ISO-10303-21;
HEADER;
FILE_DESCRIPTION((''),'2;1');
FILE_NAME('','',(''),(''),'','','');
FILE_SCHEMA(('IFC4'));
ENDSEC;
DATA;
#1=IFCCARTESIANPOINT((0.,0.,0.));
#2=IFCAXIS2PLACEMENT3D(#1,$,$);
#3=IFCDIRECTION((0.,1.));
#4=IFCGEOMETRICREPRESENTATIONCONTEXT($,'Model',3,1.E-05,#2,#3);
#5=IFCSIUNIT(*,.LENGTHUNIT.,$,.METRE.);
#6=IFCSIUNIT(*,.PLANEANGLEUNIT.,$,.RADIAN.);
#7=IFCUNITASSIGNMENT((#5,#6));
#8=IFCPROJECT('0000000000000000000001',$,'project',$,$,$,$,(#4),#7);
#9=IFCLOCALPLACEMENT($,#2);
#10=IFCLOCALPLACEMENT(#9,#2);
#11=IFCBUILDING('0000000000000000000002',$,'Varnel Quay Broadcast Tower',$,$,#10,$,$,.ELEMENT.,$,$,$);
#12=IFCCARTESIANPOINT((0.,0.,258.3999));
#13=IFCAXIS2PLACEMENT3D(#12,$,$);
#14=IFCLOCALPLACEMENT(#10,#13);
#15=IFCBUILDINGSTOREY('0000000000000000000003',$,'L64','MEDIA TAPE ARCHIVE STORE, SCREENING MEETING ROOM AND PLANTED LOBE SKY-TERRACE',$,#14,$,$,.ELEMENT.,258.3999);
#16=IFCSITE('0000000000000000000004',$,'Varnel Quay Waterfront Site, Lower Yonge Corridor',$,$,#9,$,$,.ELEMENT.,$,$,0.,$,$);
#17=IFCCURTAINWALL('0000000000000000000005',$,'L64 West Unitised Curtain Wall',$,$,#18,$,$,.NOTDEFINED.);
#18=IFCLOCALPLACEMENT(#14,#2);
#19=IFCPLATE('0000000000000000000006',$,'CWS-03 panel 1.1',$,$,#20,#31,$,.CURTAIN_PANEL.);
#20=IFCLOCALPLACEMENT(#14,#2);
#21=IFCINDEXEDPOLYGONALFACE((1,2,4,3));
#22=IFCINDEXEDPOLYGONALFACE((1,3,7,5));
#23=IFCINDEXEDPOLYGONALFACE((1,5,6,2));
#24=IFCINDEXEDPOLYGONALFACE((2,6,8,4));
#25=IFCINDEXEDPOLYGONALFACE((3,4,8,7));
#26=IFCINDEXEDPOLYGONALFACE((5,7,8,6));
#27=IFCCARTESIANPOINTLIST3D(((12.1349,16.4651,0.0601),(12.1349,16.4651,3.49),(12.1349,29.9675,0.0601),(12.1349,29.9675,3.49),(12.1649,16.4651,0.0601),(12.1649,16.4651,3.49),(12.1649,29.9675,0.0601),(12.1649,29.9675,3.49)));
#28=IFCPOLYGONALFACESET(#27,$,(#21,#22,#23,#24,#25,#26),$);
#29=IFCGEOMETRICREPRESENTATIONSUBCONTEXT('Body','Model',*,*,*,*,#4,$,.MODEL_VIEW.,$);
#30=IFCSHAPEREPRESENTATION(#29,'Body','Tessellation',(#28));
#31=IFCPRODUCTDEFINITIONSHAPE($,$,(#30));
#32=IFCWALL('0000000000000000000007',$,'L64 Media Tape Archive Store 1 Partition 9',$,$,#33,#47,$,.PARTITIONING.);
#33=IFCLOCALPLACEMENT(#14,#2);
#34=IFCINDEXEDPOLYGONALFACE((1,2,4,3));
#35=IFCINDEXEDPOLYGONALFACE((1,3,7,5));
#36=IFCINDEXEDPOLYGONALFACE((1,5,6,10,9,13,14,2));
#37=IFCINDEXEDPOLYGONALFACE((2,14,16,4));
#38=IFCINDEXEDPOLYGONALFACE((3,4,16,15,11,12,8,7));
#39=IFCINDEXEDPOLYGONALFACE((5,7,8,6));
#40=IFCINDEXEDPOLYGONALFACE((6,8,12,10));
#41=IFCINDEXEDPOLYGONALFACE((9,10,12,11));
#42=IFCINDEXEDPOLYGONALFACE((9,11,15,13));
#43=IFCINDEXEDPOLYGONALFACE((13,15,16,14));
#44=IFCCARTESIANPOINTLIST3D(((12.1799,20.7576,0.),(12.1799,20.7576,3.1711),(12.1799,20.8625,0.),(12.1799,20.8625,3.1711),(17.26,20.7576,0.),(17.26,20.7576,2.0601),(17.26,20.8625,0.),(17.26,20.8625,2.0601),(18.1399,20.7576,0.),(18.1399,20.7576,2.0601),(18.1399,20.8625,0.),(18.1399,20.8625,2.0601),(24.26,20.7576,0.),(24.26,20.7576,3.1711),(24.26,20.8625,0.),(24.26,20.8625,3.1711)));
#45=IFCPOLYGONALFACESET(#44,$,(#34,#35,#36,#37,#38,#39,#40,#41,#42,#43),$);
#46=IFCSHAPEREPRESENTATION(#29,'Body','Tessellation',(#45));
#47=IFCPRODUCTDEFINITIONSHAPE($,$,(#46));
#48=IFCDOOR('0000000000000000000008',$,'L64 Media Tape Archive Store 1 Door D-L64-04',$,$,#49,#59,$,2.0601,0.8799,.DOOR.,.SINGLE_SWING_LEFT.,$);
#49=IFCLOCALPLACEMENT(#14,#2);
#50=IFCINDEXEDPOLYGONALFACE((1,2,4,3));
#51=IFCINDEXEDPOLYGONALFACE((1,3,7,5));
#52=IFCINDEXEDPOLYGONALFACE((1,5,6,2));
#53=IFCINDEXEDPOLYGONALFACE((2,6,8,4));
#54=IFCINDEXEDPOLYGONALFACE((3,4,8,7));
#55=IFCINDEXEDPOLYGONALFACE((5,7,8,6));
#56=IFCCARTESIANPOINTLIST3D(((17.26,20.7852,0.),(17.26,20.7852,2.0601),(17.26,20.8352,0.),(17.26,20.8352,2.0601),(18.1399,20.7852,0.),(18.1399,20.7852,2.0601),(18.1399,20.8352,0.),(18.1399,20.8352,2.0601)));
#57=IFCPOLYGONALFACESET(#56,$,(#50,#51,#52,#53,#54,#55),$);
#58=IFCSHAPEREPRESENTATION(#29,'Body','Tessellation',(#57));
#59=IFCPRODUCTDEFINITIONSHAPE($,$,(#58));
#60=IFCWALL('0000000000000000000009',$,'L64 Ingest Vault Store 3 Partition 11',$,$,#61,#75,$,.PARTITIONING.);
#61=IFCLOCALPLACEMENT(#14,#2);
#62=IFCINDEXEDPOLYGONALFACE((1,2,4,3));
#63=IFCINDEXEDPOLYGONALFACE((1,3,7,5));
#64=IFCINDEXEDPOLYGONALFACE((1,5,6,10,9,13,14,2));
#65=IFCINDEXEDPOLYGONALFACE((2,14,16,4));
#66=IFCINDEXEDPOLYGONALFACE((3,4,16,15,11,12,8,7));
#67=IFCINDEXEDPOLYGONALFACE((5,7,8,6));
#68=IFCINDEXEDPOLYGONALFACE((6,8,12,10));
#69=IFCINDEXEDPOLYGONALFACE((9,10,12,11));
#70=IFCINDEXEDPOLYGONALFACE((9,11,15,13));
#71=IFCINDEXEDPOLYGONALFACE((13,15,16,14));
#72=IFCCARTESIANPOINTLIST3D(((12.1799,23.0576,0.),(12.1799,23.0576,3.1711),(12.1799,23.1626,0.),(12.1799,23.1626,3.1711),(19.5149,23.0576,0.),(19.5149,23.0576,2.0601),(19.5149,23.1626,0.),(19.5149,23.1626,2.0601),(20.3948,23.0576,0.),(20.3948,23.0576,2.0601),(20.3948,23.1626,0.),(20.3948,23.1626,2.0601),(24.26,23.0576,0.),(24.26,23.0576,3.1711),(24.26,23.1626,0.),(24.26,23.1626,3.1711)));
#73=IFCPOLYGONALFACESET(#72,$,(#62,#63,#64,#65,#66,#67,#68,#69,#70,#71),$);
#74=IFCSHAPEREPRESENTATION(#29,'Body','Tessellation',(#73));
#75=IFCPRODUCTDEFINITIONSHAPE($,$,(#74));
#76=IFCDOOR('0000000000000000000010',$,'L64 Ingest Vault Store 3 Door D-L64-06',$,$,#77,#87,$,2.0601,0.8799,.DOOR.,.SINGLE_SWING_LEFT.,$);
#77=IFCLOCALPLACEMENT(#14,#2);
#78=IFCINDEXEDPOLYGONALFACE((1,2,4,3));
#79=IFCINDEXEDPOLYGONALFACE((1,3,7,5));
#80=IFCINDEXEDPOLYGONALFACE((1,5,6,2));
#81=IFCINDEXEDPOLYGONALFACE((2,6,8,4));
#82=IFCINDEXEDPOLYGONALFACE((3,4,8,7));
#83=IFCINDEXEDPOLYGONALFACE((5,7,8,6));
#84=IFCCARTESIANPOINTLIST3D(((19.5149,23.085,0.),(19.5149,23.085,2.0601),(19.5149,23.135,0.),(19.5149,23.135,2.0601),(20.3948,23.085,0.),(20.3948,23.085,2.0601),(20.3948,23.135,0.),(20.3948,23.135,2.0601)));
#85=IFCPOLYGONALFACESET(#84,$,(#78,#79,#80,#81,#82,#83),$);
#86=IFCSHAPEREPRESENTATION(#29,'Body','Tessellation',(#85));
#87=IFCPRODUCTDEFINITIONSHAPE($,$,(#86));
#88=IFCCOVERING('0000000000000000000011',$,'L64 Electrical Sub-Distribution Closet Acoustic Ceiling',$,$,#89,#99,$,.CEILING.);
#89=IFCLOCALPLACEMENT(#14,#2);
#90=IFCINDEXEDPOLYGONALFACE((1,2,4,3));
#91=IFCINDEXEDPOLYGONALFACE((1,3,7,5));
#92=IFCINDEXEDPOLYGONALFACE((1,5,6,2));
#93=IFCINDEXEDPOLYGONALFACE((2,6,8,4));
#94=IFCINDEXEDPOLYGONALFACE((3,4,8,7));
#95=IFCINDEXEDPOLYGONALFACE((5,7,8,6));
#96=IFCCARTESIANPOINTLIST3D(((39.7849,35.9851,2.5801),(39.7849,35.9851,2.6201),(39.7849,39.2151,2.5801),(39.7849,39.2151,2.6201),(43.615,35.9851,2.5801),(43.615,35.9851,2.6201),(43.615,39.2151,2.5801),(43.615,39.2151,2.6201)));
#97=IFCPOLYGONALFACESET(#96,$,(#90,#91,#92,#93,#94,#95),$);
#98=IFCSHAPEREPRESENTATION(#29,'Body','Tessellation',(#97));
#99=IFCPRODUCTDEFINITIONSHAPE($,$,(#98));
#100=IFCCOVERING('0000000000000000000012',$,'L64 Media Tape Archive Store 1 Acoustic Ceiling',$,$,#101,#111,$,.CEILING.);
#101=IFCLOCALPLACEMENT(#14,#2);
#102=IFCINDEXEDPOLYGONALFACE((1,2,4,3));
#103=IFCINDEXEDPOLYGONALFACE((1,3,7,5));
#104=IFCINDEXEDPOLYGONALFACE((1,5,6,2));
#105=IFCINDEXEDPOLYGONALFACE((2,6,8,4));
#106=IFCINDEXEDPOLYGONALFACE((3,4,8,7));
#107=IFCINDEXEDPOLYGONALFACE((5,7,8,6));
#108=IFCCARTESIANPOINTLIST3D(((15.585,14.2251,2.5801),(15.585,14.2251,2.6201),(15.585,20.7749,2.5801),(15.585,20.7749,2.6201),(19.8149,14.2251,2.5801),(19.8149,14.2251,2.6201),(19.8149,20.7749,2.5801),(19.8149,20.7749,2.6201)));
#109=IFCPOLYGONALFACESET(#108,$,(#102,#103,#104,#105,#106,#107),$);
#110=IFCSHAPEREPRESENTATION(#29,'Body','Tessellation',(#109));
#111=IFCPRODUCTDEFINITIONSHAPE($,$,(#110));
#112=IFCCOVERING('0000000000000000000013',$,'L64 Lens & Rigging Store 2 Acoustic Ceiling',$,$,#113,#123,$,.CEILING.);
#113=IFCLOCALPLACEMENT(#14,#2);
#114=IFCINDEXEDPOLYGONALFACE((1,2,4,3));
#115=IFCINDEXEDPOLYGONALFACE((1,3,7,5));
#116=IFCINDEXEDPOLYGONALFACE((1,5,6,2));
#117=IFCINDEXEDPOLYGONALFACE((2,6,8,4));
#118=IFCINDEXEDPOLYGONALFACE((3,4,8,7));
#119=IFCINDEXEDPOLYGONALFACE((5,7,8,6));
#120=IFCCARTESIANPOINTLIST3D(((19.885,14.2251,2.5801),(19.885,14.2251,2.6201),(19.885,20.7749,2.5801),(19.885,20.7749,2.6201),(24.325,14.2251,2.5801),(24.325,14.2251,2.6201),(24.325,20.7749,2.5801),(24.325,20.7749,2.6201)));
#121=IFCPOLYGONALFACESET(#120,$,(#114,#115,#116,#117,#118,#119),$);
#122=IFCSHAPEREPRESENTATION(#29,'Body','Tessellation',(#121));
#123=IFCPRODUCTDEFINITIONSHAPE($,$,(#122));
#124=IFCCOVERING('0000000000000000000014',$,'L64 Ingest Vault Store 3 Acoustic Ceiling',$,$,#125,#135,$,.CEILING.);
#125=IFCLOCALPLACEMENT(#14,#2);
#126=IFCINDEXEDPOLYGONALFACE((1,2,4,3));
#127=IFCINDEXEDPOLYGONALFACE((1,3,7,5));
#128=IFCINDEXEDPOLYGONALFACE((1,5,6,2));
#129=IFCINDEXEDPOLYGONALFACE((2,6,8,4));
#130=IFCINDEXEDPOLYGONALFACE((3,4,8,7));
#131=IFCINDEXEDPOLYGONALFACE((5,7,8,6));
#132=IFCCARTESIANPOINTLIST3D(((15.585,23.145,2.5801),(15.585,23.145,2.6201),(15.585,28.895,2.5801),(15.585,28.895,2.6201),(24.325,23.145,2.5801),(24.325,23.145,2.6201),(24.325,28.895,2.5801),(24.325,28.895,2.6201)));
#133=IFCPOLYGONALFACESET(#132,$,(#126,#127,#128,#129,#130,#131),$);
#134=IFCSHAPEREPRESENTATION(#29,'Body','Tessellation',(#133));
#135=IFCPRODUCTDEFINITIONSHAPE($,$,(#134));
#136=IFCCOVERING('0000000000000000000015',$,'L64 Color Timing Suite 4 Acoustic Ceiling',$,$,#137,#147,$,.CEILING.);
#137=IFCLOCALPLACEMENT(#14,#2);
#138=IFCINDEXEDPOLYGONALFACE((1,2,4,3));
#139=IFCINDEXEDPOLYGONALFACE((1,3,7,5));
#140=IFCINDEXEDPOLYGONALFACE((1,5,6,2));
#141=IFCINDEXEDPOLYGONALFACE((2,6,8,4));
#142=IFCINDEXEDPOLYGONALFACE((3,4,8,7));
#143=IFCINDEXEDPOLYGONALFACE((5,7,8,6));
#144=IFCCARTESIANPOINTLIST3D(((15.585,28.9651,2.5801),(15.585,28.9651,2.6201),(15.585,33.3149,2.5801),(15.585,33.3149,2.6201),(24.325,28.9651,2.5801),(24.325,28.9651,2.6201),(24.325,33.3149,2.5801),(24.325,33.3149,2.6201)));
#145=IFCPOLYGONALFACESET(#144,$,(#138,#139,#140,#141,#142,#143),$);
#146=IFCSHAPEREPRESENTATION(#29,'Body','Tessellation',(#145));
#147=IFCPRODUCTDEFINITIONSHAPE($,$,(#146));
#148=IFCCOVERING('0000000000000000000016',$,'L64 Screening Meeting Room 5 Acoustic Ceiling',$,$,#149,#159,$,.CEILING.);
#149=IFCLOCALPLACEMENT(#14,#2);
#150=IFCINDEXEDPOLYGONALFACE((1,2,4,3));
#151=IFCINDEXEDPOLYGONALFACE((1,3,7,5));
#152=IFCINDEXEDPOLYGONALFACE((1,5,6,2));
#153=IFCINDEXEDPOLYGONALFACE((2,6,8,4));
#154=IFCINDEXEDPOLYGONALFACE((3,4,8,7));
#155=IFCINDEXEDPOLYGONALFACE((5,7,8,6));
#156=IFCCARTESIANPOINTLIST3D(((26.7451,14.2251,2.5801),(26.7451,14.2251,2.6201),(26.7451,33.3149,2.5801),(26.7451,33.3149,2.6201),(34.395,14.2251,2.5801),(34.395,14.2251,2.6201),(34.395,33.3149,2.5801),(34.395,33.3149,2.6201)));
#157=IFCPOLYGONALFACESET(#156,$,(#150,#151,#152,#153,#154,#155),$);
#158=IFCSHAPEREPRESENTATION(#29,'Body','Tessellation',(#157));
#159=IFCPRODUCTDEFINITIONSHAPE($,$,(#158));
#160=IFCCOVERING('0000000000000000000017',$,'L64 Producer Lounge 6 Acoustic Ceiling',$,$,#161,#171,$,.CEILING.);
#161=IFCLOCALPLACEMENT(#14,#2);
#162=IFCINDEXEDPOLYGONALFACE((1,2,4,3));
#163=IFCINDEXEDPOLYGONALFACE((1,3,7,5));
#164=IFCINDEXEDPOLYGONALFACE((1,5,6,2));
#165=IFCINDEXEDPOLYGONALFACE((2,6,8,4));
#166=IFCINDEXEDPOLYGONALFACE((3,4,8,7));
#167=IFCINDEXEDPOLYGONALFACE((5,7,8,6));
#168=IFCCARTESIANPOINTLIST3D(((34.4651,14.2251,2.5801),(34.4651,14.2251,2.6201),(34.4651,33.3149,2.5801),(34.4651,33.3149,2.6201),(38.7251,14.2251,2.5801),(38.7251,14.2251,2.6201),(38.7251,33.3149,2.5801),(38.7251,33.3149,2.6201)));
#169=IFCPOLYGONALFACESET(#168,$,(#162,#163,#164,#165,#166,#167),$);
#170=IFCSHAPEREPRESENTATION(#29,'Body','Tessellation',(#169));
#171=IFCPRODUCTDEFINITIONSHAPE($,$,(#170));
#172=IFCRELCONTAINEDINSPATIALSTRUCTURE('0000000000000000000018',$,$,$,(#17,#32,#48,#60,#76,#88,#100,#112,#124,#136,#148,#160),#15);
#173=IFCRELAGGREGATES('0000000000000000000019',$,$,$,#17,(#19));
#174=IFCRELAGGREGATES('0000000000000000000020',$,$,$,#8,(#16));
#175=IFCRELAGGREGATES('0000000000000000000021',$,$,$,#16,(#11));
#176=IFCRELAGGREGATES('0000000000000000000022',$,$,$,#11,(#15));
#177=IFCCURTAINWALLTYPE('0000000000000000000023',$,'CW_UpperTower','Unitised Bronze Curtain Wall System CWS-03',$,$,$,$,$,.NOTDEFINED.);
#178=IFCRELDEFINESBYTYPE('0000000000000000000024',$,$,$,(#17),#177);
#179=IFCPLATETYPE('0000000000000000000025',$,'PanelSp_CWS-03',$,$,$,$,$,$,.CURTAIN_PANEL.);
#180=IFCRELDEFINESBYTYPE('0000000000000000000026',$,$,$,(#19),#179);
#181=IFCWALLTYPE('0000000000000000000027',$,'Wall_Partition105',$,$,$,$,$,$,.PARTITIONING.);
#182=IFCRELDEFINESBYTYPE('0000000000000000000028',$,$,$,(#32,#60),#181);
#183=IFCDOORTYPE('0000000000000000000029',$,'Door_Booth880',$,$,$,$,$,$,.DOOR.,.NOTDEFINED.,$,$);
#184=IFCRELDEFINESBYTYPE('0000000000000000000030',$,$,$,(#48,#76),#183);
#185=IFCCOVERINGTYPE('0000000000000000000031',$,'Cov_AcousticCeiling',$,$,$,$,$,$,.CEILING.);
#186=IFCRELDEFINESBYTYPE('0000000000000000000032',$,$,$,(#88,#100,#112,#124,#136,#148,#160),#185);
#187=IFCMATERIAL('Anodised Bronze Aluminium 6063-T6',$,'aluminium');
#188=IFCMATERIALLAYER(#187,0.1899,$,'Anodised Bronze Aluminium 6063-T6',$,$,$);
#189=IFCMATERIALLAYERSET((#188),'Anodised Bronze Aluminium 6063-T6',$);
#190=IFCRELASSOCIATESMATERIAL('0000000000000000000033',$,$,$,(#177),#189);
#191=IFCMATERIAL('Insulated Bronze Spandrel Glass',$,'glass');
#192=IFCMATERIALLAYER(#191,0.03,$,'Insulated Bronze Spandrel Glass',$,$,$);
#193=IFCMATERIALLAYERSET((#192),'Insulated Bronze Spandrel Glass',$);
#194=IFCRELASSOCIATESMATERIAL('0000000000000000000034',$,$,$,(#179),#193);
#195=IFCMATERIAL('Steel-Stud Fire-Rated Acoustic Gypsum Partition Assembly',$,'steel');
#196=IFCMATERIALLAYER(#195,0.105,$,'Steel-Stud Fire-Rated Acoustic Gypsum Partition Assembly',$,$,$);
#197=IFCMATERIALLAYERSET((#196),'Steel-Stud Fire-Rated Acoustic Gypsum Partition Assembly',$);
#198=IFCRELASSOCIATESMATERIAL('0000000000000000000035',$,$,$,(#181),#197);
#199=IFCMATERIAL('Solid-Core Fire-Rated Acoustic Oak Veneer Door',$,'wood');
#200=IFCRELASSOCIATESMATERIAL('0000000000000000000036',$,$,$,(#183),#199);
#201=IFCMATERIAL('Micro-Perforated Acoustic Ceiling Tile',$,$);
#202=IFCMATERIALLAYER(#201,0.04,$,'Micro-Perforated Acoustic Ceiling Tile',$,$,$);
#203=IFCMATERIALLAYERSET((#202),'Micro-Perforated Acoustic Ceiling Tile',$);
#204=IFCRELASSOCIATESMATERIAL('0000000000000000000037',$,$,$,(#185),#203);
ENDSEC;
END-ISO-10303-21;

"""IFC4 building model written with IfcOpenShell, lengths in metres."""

from ifc_helpers import new_model, si_unit, direction, frame, frame_2d, origin, origin_2d, place, context, subcontext, project, spatial, polyline, rectangle, outline, extrude, source, transform, mapped, material, layer, layer_set, type_object, type_shapes, element, fill, aggregate, save


model = new_model("IFC4")

# Units and contexts
model_context = context("Model", 3, precision=1e-05, world=origin(), true_north=direction((0.0, 1.0)))
body_context = subcontext(model_context, "Body", "Model", "MODEL_VIEW")
ifc_project = project(units=[si_unit("LENGTHUNIT", "METRE"), si_unit("PLANEANGLEUNIT", "RADIAN")], contexts=[model_context])

# Site, building, storey
site_placement = place(None, origin())
site = spatial("IfcSite", under=ifc_project, at=site_placement, Name="Varnel Quay Waterfront Site, Lower Yonge Corridor", CompositionType="ELEMENT", RefElevation=0.0)
building_placement = place(site_placement, origin())
building = spatial("IfcBuilding", under=site, at=building_placement, Name="Varnel Quay Broadcast Tower", CompositionType="ELEMENT")
storey_placement = place(building_placement, frame((0.0, 0.0, 258.3999)))
storey = spatial("IfcBuildingStorey", under=building, at=storey_placement, Name="L64", Description="MEDIA TAPE ARCHIVE STORE, SCREENING MEETING ROOM AND PLANTED LOBE SKY-TERRACE", CompositionType="ELEMENT", Elevation=258.3999)

# Shared definitions
ifc_material_1 = material(Name="Anodised Bronze Aluminium 6063-T6", Category="aluminium")

# Curtain wall
ifc_layer_1 = layer(ifc_material_1, 0.1899, Name="Anodised Bronze Aluminium 6063-T6")
ifc_layer_set_1 = layer_set([ifc_layer_1], Name="Anodised Bronze Aluminium 6063-T6")
curtain_wall_type_1 = type_object("IfcCurtainWallType", Name="CW_UpperTower", Description="Unitised Bronze Curtain Wall System CWS-03", PredefinedType="NOTDEFINED", material=ifc_layer_set_1)
curtain_wall_1_placement = place(storey_placement, origin())
curtain_wall_1 = element("IfcCurtainWall", 1, at=curtain_wall_1_placement, inside=storey, type_object=curtain_wall_type_1, Name="L64 West Unitised Curtain Wall", PredefinedType="NOTDEFINED")

# Plate
ifc_material_2 = material(Name="Insulated Bronze Spandrel Glass", Category="glass")
ifc_layer_2 = layer(ifc_material_2, 0.03, Name="Insulated Bronze Spandrel Glass")
ifc_layer_set_2 = layer_set([ifc_layer_2], Name="Insulated Bronze Spandrel Glass")
plate_type = type_object("IfcPlateType", Name="PanelSp_CWS-03", PredefinedType="CURTAIN_PANEL", material=ifc_layer_set_2)
shared_shape_1 = source(origin(), body_context, "Body", "SweptSolid", [
    extrude(rectangle(XDim=13.5024, YDim=0.03, at=origin_2d()), origin(), (0.0, 0.0, 1.0), 3.4299),
])
type_shapes(plate_type, [shared_shape_1])
plate_placement = place(storey_placement, frame((12.1499, 23.2163, 0.0601), z_axis=(0.0, 0.0, 1.0), x_axis=(0.0, 1.0, 0.0)))
plate = element("IfcPlate", 2, at=plate_placement, type_object=plate_type, Name="CWS-03 panel 1.1", PredefinedType="CURTAIN_PANEL", context=body_context, shape_type="MappedRepresentation", body=[
    mapped(shared_shape_1, transform((0.0, 0.0, 0.0), x_axis=(1.0, 0.0, 0.0), y_axis=(0.0, 1.0, 0.0), z_axis=(0.0, 0.0, 1.0), scale=1.0)),
])
aggregate(curtain_wall_1, [plate])

# Walls, openings, doors
ifc_material_3 = material(Name="Steel-Stud Fire-Rated Acoustic Gypsum Partition Assembly", Category="steel")
ifc_layer_3 = layer(ifc_material_3, 0.105, Name="Steel-Stud Fire-Rated Acoustic Gypsum Partition Assembly")
ifc_layer_set_3 = layer_set([ifc_layer_3], Name="Steel-Stud Fire-Rated Acoustic Gypsum Partition Assembly")
wall_type = type_object("IfcWallType", Name="Wall_Partition105", PredefinedType="PARTITIONING", material=ifc_layer_set_3)
wall_1_placement = place(storey_placement, frame((12.1799, 20.8101, 0.0), z_axis=(0.0, 0.0, 1.0), x_axis=(1.0, 0.0, 0.0)))
wall_1 = element("IfcWall", 3, at=wall_1_placement, inside=storey, type_object=wall_type, Name="L64 Media Tape Archive Store 1 Partition 9", PredefinedType="PARTITIONING", context=body_context, shape_type="SweptSolid", body=[
    extrude(rectangle(XDim=12.0801, YDim=0.105, at=frame_2d((6.04, 0.0))), origin(), (0.0, 0.0, 1.0), 3.1711),
])
opening_1_placement = place(wall_1_placement, frame((5.0801, 0.0, 0.0)))
opening_1 = element("IfcOpeningElement", 4, at=opening_1_placement, cuts=wall_1, PredefinedType="OPENING", context=body_context, shape_type="SweptSolid", body=[
    extrude(rectangle(XDim=0.8799, YDim=2.0601, at=frame_2d((0.4399, 1.03))), frame((0.0, 0.0625, 0.0), z_axis=(0.0, -1.0, 0.0), x_axis=(1.0, 0.0, 0.0)), (0.0, 0.0, 1.0), 0.125),
])
ifc_material_4 = material(Name="Solid-Core Fire-Rated Acoustic Oak Veneer Door", Category="wood")
door_type = type_object("IfcDoorType", Name="Door_Booth880", OperationType="NOTDEFINED", PredefinedType="DOOR", material=ifc_material_4)
shared_shape_2 = source(origin(), body_context, "Body", "SweptSolid", [
    extrude(rectangle(XDim=0.8799, YDim=2.0601, at=frame_2d((0.4399, 1.03))), frame((0.0, 0.0249, 0.0), z_axis=(0.0, -1.0, 0.0), x_axis=(1.0, 0.0, 0.0)), (0.0, 0.0, 1.0), 0.05),
])
type_shapes(door_type, [shared_shape_2])
door_1_placement = place(opening_1_placement, frame((0.8799, 0.0, 0.0), z_axis=(0.0, 0.0, 1.0), x_axis=(-1.0, 0.0, 0.0)))
door_1 = element("IfcDoor", 5, at=door_1_placement, inside=storey, type_object=door_type, Name="L64 Media Tape Archive Store 1 Door D-L64-04", OperationType="SINGLE_SWING_LEFT", OverallHeight=2.0601, OverallWidth=0.8799, PredefinedType="DOOR", context=body_context, shape_type="MappedRepresentation", body=[
    mapped(shared_shape_2, transform((0.0, 0.0, 0.0), x_axis=(1.0, 0.0, 0.0), y_axis=(0.0, 1.0, 0.0), z_axis=(0.0, 0.0, 1.0), scale=1.0)),
])
fill(opening_1, door_1)
wall_2_placement = place(storey_placement, frame((12.1799, 23.1101, 0.0), z_axis=(0.0, 0.0, 1.0), x_axis=(1.0, 0.0, 0.0)))
wall_2 = element("IfcWall", 6, at=wall_2_placement, inside=storey, type_object=wall_type, Name="L64 Ingest Vault Store 3 Partition 11", PredefinedType="PARTITIONING", context=body_context, shape_type="SweptSolid", body=[
    extrude(rectangle(XDim=12.0801, YDim=0.105, at=frame_2d((6.04, 0.0))), origin(), (0.0, 0.0, 1.0), 3.1711),
])
opening_2_placement = place(wall_2_placement, frame((7.335, 0.0, 0.0)))
opening_2 = element("IfcOpeningElement", 7, at=opening_2_placement, cuts=wall_2, PredefinedType="OPENING", context=body_context, shape_type="SweptSolid", body=[
    extrude(rectangle(XDim=0.8799, YDim=2.0601, at=frame_2d((0.4399, 1.03))), frame((0.0, 0.0625, 0.0), z_axis=(0.0, -1.0, 0.0), x_axis=(1.0, 0.0, 0.0)), (0.0, 0.0, 1.0), 0.125),
])
door_2_placement = place(opening_2_placement, origin())
door_2 = element("IfcDoor", 8, at=door_2_placement, inside=storey, type_object=door_type, Name="L64 Ingest Vault Store 3 Door D-L64-06", OperationType="SINGLE_SWING_LEFT", OverallHeight=2.0601, OverallWidth=0.8799, PredefinedType="DOOR", context=body_context, shape_type="MappedRepresentation", body=[
    mapped(shared_shape_2, transform((0.0, 0.0, 0.0), x_axis=(1.0, 0.0, 0.0), y_axis=(0.0, 1.0, 0.0), z_axis=(0.0, 0.0, 1.0), scale=1.0)),
])
fill(opening_2, door_2)

# Coverings
ifc_material_5 = material(Name="Micro-Perforated Acoustic Ceiling Tile")
ifc_layer_4 = layer(ifc_material_5, 0.04, Name="Micro-Perforated Acoustic Ceiling Tile")
ifc_layer_set_4 = layer_set([ifc_layer_4], Name="Micro-Perforated Acoustic Ceiling Tile")
covering_type_1 = type_object("IfcCoveringType", Name="Cov_AcousticCeiling", PredefinedType="CEILING", material=ifc_layer_set_4)
covering_1_placement = place(storey_placement, frame((0.0, 0.0, 2.5801)))
element("IfcCovering", 9, at=covering_1_placement, inside=storey, type_object=covering_type_1, Name="L64 Electrical Sub-Distribution Closet Acoustic Ceiling", PredefinedType="CEILING", context=body_context, shape_type="SweptSolid", body=[
    extrude(outline(polyline([(39.7849, 35.9851), (43.615, 35.9851), (43.615, 39.2151), (39.7849, 39.2151), (39.7849, 35.9851)])), origin(), (0.0, 0.0, 1.0), 0.04),
])
covering_2_placement = place(storey_placement, frame((0.0, 0.0, 2.5801)))
element("IfcCovering", 10, at=covering_2_placement, inside=storey, type_object=covering_type_1, Name="L64 Media Tape Archive Store 1 Acoustic Ceiling", PredefinedType="CEILING", context=body_context, shape_type="SweptSolid", body=[
    extrude(outline(polyline([(15.585, 14.2251), (19.8149, 14.2251), (19.8149, 20.7749), (15.585, 20.7749), (15.585, 14.2251)])), origin(), (0.0, 0.0, 1.0), 0.04),
])
covering_3_placement = place(storey_placement, frame((0.0, 0.0, 2.5801)))
element("IfcCovering", 11, at=covering_3_placement, inside=storey, type_object=covering_type_1, Name="L64 Lens & Rigging Store 2 Acoustic Ceiling", PredefinedType="CEILING", context=body_context, shape_type="SweptSolid", body=[
    extrude(outline(polyline([(19.885, 14.2251), (24.325, 14.2251), (24.325, 20.7749), (19.885, 20.7749), (19.885, 14.2251)])), origin(), (0.0, 0.0, 1.0), 0.04),
])
covering_4_placement = place(storey_placement, frame((0.0, 0.0, 2.5801)))
element("IfcCovering", 12, at=covering_4_placement, inside=storey, type_object=covering_type_1, Name="L64 Ingest Vault Store 3 Acoustic Ceiling", PredefinedType="CEILING", context=body_context, shape_type="SweptSolid", body=[
    extrude(outline(polyline([(15.585, 23.145), (24.325, 23.145), (24.325, 28.895), (15.585, 28.895), (15.585, 23.145)])), origin(), (0.0, 0.0, 1.0), 0.04),
])
covering_5_placement = place(storey_placement, frame((0.0, 0.0, 2.5801)))
element("IfcCovering", 13, at=covering_5_placement, inside=storey, type_object=covering_type_1, Name="L64 Color Timing Suite 4 Acoustic Ceiling", PredefinedType="CEILING", context=body_context, shape_type="SweptSolid", body=[
    extrude(outline(polyline([(15.585, 28.9651), (24.325, 28.9651), (24.325, 33.3149), (15.585, 33.3149), (15.585, 28.9651)])), origin(), (0.0, 0.0, 1.0), 0.04),
])
covering_6_placement = place(storey_placement, frame((0.0, 0.0, 2.5801)))
element("IfcCovering", 14, at=covering_6_placement, inside=storey, type_object=covering_type_1, Name="L64 Screening Meeting Room 5 Acoustic Ceiling", PredefinedType="CEILING", context=body_context, shape_type="SweptSolid", body=[
    extrude(outline(polyline([(26.7451, 14.2251), (34.395, 14.2251), (34.395, 33.3149), (26.7451, 33.3149), (26.7451, 14.2251)])), origin(), (0.0, 0.0, 1.0), 0.04),
])
covering_7_placement = place(storey_placement, frame((0.0, 0.0, 2.5801)))
element("IfcCovering", 15, at=covering_7_placement, inside=storey, type_object=covering_type_1, Name="L64 Producer Lounge 6 Acoustic Ceiling", PredefinedType="CEILING", context=body_context, shape_type="SweptSolid", body=[
    extrude(outline(polyline([(34.4651, 14.2251), (38.7251, 14.2251), (38.7251, 33.3149), (34.4651, 33.3149), (34.4651, 14.2251)])), origin(), (0.0, 0.0, 1.0), 0.04),
])

save(model, "model.ifc")
